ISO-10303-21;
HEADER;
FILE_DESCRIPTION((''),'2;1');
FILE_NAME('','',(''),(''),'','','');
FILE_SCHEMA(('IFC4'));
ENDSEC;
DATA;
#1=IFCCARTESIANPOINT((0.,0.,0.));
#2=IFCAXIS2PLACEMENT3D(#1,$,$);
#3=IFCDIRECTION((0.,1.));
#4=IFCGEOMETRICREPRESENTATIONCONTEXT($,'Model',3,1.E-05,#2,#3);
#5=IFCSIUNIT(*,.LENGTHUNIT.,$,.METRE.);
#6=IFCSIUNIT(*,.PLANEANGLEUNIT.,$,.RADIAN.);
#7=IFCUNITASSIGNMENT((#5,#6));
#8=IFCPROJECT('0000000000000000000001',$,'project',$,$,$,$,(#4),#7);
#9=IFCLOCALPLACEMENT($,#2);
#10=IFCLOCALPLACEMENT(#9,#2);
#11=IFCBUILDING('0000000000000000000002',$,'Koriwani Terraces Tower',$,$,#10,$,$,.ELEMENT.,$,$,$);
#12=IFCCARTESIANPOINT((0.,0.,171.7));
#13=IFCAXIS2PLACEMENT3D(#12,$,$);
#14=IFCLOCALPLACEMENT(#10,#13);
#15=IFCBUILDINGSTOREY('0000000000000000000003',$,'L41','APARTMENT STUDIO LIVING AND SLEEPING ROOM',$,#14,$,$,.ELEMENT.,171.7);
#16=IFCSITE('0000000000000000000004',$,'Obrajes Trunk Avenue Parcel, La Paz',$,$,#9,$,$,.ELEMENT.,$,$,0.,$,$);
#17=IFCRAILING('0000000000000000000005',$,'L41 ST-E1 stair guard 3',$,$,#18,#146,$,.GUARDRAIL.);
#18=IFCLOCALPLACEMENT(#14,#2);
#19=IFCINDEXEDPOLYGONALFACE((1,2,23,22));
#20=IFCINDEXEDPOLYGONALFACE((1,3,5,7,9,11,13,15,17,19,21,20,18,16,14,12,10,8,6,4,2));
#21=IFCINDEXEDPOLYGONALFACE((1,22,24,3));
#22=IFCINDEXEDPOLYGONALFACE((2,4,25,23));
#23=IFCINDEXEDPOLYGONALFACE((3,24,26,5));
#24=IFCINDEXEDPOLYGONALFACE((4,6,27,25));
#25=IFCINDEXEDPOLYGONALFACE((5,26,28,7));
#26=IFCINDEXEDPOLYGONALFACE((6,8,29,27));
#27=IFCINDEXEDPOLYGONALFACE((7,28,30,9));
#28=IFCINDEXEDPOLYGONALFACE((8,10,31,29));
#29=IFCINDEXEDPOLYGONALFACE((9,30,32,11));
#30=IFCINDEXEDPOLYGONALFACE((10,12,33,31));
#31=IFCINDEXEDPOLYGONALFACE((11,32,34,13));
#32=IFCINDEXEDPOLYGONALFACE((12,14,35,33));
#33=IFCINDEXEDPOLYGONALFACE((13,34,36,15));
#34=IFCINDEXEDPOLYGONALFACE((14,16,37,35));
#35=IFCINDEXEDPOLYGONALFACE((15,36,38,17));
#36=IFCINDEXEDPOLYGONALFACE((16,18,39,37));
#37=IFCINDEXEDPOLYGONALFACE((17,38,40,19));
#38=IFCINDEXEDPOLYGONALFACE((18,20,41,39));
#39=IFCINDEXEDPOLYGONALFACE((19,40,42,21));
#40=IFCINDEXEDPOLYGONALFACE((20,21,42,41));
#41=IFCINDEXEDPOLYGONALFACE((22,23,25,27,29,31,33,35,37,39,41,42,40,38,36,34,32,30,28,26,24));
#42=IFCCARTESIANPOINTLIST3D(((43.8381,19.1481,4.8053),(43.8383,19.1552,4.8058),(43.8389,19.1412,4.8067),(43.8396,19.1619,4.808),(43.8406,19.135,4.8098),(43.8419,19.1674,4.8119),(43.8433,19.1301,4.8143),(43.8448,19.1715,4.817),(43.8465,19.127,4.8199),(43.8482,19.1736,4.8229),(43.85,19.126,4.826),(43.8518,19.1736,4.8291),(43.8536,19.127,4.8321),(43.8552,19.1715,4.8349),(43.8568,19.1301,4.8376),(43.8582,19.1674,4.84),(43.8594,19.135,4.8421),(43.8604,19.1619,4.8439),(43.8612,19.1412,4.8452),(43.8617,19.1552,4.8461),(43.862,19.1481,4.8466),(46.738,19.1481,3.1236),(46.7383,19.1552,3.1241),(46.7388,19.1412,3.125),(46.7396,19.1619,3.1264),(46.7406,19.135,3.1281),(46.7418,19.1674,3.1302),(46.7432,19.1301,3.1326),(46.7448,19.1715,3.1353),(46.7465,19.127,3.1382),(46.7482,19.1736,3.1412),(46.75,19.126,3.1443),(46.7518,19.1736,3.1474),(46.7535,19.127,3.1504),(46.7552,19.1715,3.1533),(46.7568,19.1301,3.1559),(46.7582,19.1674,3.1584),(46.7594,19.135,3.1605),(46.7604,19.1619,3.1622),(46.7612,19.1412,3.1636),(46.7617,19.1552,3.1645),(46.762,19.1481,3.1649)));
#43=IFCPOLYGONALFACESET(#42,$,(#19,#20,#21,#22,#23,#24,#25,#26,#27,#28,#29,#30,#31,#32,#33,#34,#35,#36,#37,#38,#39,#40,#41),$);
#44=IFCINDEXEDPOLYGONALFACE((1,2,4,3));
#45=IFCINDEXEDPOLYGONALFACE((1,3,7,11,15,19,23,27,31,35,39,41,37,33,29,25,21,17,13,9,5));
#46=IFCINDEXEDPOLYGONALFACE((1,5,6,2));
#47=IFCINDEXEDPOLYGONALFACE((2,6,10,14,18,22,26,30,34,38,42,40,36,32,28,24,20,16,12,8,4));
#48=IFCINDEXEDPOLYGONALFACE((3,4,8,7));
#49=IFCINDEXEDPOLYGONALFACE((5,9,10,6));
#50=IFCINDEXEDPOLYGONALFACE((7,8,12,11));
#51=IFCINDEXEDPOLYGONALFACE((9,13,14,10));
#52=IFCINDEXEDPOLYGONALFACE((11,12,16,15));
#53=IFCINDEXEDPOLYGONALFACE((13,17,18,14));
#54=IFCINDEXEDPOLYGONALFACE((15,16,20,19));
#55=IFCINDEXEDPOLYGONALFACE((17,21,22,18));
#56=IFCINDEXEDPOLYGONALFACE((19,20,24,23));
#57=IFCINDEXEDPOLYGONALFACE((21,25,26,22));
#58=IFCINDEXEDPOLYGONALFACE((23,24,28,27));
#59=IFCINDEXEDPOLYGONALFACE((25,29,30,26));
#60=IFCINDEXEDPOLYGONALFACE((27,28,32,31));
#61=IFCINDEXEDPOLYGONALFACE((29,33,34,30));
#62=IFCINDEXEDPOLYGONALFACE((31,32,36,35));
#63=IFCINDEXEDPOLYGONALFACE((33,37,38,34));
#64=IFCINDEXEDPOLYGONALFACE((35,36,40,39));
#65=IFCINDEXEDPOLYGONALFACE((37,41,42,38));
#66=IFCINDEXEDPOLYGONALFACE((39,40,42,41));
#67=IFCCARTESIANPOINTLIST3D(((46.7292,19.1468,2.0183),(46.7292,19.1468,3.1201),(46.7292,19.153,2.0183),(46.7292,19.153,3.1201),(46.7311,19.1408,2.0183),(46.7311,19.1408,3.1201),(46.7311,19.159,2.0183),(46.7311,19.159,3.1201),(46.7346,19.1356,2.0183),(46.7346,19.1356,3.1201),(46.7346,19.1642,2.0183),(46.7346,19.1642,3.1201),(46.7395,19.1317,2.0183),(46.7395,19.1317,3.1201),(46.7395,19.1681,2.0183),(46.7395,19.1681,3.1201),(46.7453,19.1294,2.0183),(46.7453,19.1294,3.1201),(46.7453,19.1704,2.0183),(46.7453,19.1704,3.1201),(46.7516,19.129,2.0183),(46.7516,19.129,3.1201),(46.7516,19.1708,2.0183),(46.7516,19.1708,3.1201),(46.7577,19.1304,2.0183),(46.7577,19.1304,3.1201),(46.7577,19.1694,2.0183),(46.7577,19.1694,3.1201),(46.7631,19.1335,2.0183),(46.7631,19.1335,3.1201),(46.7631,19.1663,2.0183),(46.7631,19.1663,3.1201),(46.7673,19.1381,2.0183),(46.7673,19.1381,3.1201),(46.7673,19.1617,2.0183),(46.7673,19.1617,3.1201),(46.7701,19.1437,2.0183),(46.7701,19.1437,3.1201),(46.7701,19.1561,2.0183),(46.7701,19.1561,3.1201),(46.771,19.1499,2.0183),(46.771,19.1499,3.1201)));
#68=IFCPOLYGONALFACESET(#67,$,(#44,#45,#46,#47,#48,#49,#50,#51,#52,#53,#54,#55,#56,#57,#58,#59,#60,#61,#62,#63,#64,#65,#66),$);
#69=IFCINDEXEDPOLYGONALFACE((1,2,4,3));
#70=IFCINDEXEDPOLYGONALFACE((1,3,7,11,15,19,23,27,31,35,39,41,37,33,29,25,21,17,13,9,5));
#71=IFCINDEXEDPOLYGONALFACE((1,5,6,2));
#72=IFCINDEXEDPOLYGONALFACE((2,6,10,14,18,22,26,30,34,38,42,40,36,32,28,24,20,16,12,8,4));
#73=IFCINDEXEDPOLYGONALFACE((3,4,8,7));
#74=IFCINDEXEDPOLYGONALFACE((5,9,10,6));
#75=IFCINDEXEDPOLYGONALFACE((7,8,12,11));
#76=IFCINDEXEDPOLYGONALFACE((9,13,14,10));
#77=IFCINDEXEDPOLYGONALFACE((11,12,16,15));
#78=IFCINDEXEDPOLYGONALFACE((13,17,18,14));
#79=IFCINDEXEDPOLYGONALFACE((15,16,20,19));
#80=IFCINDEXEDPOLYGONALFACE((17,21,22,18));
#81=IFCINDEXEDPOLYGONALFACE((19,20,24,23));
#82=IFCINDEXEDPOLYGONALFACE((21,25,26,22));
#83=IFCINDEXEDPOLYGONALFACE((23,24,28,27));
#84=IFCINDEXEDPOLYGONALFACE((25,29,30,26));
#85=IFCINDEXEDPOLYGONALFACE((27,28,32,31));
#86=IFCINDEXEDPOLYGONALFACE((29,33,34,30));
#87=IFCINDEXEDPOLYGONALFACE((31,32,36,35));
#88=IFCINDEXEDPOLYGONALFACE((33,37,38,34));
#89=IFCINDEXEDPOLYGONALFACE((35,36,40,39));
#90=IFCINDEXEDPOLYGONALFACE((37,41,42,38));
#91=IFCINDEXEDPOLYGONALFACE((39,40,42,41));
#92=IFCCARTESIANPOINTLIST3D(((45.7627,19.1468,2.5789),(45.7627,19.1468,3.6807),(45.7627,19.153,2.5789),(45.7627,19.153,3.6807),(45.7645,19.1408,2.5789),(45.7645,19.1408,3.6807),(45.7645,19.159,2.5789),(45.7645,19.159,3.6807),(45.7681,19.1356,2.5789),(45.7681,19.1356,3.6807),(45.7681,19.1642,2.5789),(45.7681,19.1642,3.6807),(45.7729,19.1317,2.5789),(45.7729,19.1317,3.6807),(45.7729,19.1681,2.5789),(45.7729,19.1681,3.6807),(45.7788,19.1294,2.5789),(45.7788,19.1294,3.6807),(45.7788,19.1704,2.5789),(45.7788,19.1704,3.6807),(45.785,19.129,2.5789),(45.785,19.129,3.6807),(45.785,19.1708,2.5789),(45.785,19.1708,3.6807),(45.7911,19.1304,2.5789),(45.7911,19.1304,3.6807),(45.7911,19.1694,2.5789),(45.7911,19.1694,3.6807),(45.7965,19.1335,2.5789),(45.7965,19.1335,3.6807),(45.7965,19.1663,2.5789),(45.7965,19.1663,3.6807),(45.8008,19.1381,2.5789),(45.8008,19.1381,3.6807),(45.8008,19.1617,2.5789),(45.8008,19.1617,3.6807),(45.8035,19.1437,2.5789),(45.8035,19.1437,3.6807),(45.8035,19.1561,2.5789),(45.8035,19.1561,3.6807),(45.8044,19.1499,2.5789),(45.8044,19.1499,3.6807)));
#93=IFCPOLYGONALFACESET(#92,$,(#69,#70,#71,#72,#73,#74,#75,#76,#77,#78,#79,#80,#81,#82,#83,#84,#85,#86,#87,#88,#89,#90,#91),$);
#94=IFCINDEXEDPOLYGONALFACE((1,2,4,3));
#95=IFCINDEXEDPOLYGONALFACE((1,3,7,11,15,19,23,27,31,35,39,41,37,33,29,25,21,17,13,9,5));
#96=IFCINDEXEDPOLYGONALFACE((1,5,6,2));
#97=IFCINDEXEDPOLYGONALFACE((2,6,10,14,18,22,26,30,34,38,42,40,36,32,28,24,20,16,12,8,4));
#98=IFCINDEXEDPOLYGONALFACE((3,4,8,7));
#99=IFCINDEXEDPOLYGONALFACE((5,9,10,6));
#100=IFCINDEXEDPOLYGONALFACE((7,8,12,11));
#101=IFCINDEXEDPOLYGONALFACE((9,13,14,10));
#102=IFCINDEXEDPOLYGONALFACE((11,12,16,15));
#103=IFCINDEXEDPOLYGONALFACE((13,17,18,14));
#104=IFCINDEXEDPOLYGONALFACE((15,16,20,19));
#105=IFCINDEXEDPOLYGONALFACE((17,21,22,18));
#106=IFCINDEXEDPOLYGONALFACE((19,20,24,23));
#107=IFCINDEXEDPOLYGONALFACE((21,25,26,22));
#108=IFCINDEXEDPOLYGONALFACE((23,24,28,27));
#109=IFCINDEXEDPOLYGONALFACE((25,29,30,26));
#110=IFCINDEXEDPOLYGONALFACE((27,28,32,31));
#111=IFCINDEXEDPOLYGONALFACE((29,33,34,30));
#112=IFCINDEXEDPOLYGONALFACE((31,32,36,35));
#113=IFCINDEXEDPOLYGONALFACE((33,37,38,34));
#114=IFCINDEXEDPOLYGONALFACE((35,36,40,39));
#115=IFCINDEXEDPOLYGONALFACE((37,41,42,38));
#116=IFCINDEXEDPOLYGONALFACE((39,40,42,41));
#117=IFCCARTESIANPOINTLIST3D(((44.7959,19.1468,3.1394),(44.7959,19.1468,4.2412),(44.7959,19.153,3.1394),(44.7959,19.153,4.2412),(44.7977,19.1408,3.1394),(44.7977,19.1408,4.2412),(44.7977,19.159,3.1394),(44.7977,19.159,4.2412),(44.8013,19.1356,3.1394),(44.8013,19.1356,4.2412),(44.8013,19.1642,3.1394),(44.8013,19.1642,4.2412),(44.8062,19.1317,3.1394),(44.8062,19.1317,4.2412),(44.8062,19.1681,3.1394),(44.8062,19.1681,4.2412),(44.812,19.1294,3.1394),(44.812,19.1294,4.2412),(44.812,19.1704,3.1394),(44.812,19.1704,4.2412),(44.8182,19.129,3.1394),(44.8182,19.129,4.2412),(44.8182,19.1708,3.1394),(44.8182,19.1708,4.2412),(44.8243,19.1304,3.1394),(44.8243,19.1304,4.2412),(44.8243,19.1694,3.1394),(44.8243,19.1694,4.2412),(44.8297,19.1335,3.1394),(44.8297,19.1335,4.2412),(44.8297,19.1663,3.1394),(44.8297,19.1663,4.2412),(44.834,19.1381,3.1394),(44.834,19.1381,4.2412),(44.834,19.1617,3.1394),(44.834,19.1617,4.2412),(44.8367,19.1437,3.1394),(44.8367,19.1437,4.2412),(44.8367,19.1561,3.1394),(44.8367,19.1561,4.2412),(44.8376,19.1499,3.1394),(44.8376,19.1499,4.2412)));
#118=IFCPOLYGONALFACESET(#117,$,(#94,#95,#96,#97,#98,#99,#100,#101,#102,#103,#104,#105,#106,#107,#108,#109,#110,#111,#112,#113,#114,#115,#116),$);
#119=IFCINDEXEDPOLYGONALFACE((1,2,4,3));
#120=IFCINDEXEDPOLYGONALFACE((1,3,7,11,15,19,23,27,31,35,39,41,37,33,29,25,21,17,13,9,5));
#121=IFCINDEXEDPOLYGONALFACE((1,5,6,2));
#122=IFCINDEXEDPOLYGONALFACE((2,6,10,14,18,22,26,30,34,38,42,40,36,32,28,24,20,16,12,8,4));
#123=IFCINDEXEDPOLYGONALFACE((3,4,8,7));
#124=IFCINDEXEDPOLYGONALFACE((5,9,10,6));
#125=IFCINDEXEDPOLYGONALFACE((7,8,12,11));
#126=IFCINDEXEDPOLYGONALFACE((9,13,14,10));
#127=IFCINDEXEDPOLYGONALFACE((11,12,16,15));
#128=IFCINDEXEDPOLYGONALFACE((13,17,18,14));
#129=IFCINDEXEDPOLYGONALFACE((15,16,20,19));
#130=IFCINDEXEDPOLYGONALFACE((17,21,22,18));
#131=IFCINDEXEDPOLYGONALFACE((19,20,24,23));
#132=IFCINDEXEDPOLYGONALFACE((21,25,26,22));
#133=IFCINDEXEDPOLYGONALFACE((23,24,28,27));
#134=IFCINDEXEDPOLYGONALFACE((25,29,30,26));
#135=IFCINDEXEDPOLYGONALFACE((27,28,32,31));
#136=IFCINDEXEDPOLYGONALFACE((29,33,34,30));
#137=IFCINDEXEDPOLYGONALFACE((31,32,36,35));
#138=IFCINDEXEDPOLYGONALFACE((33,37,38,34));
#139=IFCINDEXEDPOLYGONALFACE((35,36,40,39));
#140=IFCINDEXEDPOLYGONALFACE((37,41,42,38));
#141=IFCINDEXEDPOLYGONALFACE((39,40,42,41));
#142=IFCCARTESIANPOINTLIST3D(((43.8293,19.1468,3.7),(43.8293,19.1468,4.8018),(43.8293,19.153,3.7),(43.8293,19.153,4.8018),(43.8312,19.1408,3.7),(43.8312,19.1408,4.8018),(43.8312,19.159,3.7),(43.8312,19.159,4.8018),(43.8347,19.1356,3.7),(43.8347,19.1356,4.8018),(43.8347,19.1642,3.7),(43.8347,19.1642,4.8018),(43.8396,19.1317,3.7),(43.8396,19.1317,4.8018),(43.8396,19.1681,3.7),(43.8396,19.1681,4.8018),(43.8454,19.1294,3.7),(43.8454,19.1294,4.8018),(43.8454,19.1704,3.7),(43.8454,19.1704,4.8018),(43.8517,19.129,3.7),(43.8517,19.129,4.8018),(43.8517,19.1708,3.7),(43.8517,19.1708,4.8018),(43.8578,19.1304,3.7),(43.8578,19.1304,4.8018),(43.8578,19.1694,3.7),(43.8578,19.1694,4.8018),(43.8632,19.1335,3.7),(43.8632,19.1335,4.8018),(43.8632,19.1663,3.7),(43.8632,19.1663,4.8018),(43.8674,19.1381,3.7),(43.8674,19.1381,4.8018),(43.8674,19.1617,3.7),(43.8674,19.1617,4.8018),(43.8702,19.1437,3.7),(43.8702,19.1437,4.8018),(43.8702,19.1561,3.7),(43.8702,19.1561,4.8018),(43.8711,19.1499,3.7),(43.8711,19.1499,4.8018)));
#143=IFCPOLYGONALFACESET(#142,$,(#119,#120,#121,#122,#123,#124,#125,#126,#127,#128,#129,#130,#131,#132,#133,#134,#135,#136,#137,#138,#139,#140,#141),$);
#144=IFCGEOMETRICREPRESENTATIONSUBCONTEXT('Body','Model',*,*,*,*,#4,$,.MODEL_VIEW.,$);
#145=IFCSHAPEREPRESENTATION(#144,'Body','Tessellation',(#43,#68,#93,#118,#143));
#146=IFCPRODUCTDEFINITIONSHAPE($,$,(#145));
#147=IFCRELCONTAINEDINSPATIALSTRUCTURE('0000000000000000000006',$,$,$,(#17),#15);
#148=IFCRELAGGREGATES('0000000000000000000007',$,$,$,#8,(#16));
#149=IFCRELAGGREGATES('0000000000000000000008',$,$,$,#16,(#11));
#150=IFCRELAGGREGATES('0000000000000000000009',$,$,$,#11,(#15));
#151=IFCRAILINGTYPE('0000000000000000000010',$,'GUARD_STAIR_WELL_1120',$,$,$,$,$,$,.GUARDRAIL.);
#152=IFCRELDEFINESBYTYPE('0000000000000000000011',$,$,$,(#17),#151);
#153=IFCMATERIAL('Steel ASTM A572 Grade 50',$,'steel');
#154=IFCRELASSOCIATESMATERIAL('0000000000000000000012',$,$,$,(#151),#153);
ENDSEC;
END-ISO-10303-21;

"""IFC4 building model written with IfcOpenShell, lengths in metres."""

from ifc_helpers import new_model, si_unit, direction, frame, origin, origin_2d, place, context, subcontext, project, spatial, circle, extrude, material, type_object, element, save


model = new_model("IFC4")

# Units and contexts
model_context = context("Model", 3, precision=1e-05, world=origin(), true_north=direction((0.0, 1.0)))
body_context = subcontext(model_context, "Body", "Model", "MODEL_VIEW")
ifc_project = project(units=[si_unit("LENGTHUNIT", "METRE"), si_unit("PLANEANGLEUNIT", "RADIAN")], contexts=[model_context])

# Site, building, storey
site_placement = place(None, origin())
site = spatial("IfcSite", under=ifc_project, at=site_placement, Name="Obrajes Trunk Avenue Parcel, La Paz", CompositionType="ELEMENT", RefElevation=0.0)
building_placement = place(site_placement, origin())
building = spatial("IfcBuilding", under=site, at=building_placement, Name="Koriwani Terraces Tower", CompositionType="ELEMENT")
storey_placement = place(building_placement, frame((0.0, 0.0, 171.7)))
storey = spatial("IfcBuildingStorey", under=building, at=storey_placement, Name="L41", Description="APARTMENT STUDIO LIVING AND SLEEPING ROOM", CompositionType="ELEMENT", Elevation=171.7)

# Shared definitions
ifc_material_1 = material(Name="Steel ASTM A572 Grade 50", Category="steel")

# Railing
railing_type_1 = type_object("IfcRailingType", Name="GUARD_STAIR_WELL_1120", PredefinedType="GUARDRAIL", material=ifc_material_1)
railing_1_placement = place(storey_placement, frame((46.75, 19.1499, 2.0183)))
element("IfcRailing", 1, at=railing_1_placement, inside=storey, type_object=railing_type_1, Name="L41 ST-E1 stair guard 3", PredefinedType="GUARDRAIL", context=body_context, shape_type="SweptSolid", body=[
    extrude(circle(Radius=0.0239, at=origin_2d()), frame((0.0, 0.0, 1.126), z_axis=(-0.86507, 0.0, 0.501651), x_axis=(0.0, -1.0, 0.0)), (0.0, 0.0, 1.0), 3.3523),
    extrude(circle(Radius=0.021, at=origin_2d()), origin(), (0.0, 0.0, 1.0), 1.1018),
    extrude(circle(Radius=0.021, at=origin_2d()), frame((-0.9666, 0.0, 0.5605)), (0.0, 0.0, 1.0), 1.1018),
    extrude(circle(Radius=0.021, at=origin_2d()), frame((-1.9333, 0.0, 1.1211)), (0.0, 0.0, 1.0), 1.1018),
    extrude(circle(Radius=0.021, at=origin_2d()), frame((-2.8999, 0.0, 1.6816)), (0.0, 0.0, 1.0), 1.1018),
])

save(model, "model.ifc")
